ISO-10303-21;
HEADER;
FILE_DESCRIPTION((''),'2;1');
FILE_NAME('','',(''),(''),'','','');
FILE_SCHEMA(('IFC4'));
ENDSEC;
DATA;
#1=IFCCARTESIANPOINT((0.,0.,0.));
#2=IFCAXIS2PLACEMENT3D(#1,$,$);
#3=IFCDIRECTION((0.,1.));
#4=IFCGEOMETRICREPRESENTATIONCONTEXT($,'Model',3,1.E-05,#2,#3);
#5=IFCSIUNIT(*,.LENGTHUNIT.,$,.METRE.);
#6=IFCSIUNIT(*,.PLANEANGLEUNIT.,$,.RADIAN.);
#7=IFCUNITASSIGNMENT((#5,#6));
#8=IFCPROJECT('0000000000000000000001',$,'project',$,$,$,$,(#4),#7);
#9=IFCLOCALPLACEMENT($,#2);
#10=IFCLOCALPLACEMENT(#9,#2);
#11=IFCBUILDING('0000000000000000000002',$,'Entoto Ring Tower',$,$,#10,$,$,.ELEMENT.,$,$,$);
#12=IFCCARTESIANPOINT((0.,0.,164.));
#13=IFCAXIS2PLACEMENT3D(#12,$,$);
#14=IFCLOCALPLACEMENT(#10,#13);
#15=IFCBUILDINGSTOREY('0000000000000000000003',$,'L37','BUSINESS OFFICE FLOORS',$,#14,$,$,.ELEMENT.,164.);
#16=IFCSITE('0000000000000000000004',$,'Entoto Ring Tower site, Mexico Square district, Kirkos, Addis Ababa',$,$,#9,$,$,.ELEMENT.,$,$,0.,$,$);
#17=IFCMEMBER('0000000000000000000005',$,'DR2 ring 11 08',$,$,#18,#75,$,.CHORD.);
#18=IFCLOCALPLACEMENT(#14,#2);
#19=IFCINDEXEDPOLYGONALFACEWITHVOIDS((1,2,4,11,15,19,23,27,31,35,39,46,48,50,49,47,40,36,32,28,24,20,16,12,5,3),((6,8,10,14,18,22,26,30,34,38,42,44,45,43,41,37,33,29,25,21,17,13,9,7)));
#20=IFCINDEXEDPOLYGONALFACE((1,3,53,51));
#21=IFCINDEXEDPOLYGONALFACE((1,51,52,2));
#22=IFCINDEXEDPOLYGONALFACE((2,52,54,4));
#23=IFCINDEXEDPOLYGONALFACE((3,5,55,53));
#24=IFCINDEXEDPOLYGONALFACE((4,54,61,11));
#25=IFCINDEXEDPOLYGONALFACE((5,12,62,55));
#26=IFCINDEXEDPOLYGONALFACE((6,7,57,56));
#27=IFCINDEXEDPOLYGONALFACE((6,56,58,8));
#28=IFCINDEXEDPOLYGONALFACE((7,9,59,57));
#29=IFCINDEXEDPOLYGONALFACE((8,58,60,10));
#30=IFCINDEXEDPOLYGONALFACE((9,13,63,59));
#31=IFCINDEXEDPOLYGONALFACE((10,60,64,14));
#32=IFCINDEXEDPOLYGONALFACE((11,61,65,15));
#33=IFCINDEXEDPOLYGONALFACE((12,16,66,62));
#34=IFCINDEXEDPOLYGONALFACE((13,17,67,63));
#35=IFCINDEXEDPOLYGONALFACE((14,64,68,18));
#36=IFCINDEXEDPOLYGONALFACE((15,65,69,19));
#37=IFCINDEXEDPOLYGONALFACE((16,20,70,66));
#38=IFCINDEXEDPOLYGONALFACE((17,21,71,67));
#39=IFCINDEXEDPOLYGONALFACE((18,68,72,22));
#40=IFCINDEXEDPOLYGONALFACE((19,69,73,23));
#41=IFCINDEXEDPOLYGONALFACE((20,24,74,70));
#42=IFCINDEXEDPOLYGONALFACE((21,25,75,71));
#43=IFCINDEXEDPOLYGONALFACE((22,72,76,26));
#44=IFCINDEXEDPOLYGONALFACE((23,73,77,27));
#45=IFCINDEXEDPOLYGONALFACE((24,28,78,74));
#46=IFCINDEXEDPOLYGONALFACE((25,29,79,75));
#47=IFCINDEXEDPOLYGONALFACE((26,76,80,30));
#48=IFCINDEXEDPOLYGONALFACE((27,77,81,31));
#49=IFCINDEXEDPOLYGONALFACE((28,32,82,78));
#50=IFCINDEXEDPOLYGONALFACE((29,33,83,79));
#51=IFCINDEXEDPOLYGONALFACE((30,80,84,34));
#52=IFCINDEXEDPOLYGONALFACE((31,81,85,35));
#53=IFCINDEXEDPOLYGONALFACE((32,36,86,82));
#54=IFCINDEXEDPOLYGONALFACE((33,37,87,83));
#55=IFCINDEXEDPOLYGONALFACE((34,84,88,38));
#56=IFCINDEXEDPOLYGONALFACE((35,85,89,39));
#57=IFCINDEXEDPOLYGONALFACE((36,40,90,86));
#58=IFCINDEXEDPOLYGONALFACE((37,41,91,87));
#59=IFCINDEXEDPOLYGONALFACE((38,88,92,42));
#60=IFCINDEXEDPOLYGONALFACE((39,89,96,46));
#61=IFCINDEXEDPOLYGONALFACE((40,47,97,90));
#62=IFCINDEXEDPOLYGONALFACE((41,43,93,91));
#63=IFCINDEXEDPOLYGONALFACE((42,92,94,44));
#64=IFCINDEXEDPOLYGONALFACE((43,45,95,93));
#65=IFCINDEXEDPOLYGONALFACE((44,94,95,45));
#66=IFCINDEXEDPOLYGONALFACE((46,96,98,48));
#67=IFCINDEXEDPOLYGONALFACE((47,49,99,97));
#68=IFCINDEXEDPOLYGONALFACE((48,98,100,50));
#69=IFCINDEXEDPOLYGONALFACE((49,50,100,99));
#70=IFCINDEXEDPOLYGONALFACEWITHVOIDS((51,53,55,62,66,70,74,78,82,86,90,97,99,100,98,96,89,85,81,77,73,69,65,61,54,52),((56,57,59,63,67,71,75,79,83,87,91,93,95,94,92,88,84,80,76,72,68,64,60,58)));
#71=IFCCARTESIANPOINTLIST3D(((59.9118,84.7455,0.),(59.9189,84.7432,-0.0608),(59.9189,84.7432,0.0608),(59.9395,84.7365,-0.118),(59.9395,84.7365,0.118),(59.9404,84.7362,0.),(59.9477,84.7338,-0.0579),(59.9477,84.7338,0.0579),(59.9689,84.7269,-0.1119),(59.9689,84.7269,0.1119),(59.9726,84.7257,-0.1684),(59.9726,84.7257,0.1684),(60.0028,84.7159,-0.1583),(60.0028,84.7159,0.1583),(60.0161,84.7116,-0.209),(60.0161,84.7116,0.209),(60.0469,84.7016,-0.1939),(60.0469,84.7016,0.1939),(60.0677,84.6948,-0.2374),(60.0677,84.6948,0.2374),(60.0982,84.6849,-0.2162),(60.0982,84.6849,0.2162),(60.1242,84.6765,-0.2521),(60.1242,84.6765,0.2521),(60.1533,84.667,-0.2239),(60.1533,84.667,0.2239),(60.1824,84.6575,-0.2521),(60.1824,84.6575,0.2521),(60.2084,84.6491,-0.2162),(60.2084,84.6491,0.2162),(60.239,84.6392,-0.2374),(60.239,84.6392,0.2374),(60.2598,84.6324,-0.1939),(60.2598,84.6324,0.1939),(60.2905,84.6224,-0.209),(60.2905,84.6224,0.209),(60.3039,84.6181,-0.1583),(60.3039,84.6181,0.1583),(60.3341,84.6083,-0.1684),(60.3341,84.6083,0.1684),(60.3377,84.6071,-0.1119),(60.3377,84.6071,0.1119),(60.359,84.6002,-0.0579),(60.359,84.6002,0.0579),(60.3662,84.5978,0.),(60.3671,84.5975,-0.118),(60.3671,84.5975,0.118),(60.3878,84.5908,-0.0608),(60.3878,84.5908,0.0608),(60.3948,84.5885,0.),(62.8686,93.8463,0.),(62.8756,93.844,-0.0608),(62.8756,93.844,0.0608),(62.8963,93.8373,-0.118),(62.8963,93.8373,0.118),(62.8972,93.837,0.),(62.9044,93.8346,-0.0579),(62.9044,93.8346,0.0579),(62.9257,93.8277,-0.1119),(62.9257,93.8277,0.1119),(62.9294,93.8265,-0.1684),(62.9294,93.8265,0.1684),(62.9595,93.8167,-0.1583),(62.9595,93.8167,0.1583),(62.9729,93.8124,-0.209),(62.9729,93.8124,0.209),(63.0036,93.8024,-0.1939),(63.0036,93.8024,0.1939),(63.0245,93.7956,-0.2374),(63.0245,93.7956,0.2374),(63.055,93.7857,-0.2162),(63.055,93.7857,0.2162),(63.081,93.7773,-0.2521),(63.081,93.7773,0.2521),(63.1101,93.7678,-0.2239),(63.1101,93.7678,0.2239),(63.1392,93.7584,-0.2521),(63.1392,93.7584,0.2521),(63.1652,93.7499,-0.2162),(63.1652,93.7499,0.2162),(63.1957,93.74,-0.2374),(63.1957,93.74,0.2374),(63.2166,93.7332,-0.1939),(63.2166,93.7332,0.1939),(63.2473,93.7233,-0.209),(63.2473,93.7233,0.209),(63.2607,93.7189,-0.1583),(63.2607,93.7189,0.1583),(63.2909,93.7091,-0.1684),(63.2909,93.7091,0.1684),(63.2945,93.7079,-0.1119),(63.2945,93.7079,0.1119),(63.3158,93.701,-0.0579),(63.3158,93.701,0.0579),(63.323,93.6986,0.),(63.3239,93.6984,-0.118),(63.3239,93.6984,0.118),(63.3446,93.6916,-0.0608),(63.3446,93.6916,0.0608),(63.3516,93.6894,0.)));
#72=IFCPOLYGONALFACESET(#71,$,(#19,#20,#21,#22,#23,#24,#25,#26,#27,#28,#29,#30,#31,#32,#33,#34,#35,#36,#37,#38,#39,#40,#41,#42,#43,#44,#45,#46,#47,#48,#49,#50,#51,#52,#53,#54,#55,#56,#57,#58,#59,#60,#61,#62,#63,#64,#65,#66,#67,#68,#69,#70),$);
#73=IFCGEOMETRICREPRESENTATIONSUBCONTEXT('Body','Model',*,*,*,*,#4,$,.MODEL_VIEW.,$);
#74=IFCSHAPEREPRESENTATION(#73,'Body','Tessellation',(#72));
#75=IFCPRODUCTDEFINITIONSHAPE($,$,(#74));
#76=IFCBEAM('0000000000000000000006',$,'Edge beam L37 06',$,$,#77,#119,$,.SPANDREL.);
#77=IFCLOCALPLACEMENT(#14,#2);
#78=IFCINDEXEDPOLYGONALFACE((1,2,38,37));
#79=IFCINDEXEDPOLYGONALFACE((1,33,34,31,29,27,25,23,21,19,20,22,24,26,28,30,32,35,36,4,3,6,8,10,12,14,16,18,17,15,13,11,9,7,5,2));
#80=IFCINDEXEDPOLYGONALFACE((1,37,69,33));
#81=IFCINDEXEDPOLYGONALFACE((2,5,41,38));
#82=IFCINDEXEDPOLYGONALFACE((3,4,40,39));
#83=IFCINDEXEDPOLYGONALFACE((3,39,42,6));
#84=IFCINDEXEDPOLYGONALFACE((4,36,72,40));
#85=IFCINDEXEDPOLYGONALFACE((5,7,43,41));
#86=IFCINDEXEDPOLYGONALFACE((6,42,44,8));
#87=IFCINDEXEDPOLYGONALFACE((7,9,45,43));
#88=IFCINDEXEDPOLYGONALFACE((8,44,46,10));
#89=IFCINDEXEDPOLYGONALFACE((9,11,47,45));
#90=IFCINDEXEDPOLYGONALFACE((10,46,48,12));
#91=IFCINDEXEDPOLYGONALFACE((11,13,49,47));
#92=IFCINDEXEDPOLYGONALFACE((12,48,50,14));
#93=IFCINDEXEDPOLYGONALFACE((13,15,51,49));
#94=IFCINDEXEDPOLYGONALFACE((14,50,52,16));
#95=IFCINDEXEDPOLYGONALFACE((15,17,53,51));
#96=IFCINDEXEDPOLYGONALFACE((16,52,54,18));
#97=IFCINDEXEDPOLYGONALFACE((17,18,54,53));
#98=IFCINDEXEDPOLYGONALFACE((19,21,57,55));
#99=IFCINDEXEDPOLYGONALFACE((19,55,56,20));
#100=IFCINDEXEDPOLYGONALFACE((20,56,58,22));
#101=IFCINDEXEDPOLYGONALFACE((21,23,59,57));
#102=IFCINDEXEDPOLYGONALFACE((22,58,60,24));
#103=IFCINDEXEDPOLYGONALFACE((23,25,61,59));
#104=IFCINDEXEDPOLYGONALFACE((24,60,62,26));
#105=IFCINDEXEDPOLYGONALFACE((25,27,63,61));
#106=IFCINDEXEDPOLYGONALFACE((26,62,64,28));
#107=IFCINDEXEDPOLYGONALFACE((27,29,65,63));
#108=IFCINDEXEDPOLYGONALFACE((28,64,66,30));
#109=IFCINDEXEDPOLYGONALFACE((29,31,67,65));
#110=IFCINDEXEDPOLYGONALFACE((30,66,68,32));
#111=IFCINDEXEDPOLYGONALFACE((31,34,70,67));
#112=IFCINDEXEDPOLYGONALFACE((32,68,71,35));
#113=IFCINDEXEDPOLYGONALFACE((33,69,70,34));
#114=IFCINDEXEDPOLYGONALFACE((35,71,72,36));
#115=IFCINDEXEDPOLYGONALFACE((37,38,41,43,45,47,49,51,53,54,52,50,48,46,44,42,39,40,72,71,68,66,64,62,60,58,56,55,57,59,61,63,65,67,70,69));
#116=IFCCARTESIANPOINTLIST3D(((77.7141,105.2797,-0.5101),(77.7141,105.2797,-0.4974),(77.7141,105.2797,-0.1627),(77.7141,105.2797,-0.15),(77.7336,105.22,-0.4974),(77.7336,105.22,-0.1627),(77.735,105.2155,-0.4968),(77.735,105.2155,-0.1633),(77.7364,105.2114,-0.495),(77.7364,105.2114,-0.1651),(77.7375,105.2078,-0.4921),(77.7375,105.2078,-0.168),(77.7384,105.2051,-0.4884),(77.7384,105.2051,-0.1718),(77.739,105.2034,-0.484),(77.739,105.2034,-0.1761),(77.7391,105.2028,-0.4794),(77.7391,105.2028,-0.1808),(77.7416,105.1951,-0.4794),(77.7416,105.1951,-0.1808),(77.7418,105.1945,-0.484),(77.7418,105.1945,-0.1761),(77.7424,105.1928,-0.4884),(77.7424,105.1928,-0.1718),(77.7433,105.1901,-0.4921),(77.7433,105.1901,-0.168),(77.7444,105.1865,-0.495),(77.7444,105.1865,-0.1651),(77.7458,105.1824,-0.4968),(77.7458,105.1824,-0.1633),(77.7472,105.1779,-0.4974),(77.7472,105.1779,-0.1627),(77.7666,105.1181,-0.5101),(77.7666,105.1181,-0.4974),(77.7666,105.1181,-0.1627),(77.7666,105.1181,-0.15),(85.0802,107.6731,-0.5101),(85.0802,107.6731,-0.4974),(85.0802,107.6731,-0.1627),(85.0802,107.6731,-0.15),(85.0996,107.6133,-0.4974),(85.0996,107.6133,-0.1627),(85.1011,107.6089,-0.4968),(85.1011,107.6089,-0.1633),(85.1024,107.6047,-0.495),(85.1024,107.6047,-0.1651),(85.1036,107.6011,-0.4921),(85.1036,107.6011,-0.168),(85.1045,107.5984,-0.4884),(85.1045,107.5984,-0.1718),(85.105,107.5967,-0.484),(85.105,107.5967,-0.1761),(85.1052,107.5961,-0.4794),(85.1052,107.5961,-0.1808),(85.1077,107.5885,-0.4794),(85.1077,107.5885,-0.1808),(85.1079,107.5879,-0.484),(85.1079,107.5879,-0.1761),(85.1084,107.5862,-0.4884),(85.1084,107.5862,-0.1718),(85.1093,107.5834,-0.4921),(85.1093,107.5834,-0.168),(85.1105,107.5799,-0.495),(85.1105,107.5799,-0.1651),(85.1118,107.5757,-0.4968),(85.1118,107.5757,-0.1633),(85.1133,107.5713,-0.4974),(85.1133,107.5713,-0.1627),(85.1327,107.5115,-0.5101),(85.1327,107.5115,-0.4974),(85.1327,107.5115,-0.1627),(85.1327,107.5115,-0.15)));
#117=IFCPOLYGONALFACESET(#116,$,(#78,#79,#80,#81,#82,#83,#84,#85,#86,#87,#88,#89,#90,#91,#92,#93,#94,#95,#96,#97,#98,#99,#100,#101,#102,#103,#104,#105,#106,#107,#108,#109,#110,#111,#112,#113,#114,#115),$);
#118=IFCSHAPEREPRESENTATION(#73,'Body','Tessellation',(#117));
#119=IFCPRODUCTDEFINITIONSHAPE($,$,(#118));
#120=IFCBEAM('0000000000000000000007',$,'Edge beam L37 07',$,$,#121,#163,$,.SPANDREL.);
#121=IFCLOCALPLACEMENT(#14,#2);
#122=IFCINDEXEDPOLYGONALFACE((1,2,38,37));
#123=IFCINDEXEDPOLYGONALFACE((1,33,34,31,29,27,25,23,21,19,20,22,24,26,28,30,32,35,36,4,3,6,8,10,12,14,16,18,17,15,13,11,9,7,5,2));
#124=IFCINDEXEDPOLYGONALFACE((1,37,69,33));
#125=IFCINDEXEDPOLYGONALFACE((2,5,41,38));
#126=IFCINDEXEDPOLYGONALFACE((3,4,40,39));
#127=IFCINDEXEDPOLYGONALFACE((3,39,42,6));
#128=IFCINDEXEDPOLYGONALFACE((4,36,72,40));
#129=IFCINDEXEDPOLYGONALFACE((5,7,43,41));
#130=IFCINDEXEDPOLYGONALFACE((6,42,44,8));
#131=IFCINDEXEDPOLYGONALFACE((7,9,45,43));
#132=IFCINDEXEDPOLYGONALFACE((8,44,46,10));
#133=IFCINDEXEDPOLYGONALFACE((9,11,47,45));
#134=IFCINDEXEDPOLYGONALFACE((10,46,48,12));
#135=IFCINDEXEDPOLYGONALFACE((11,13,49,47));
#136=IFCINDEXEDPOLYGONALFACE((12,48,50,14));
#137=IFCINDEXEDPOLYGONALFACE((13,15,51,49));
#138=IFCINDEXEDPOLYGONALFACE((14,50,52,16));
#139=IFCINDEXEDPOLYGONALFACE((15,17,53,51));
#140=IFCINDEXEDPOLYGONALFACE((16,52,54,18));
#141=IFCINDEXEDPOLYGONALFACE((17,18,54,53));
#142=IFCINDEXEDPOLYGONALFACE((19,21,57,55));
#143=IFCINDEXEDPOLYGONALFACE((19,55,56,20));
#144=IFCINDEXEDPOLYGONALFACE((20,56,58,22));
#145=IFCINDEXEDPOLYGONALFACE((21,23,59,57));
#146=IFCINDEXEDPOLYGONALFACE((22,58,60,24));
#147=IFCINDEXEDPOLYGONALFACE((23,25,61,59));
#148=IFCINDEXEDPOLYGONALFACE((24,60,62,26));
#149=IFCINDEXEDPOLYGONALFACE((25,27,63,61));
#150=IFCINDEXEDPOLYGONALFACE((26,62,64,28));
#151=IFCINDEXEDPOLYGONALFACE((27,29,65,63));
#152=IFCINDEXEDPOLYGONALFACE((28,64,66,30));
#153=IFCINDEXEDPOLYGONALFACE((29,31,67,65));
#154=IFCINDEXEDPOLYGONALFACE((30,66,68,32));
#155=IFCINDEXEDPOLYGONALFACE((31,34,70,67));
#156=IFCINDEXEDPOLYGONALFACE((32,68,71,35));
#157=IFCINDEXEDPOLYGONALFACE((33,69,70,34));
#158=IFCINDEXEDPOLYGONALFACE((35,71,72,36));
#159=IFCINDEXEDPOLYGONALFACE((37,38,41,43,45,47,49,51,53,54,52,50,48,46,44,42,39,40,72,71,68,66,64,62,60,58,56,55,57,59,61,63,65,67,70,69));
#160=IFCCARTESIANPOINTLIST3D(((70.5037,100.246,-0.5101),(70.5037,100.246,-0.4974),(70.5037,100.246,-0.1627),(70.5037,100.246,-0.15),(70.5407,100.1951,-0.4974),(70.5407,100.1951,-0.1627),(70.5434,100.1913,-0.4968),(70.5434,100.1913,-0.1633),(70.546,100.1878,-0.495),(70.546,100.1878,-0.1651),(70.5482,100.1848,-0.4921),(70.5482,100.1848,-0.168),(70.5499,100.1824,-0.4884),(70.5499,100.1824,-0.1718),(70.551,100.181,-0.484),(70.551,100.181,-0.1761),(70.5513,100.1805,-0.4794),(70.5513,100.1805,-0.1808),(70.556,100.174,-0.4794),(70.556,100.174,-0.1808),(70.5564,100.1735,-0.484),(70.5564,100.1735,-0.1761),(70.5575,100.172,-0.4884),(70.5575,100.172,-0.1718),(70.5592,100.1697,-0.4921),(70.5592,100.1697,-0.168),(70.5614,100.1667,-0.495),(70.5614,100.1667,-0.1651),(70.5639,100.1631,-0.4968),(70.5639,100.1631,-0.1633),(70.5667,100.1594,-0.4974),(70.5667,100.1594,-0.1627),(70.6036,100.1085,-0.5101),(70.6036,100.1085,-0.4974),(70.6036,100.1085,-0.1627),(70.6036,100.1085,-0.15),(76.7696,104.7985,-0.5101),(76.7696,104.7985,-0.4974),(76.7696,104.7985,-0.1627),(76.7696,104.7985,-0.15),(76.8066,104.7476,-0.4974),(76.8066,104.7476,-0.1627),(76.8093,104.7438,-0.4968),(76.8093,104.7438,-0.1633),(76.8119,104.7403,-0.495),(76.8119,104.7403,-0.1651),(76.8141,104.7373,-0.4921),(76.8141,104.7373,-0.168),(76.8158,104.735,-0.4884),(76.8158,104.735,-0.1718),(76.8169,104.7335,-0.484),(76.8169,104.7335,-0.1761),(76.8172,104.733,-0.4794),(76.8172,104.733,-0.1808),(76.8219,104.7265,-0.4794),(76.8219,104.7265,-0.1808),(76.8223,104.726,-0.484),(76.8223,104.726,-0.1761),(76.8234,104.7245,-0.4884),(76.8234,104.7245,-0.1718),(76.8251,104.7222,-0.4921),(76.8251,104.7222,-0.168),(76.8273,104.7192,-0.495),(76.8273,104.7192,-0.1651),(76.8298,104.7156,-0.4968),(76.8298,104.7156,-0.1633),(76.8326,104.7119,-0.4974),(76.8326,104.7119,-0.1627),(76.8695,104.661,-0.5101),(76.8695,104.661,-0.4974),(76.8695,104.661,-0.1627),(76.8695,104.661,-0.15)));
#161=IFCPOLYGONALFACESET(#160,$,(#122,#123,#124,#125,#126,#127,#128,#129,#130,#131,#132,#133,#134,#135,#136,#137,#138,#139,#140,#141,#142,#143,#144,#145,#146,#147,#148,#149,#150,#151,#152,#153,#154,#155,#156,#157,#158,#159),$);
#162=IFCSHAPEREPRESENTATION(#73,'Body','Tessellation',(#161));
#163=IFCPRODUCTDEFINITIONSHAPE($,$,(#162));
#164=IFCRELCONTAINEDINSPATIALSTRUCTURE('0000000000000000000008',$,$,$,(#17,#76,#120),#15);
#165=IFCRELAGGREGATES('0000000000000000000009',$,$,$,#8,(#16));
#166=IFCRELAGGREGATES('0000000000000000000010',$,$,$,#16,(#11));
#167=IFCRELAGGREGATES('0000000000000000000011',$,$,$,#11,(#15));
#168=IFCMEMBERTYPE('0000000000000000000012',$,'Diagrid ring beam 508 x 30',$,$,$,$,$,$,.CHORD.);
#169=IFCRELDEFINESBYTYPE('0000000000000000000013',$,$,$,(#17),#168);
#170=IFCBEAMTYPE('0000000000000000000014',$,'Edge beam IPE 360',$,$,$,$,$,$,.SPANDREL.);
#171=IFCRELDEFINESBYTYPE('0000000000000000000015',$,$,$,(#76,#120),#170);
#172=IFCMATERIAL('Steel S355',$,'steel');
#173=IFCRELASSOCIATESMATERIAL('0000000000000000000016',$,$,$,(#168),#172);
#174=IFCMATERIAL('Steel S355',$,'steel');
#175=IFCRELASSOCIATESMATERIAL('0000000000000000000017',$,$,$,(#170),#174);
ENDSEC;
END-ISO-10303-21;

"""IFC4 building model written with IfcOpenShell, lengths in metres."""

from ifc_helpers import new_model, si_unit, direction, frame, origin, origin_2d, place, context, subcontext, project, spatial, circle, hollow_circle, i_section, extrude, material, material_profile, profile_set, type_object, element, save


model = new_model("IFC4")

# Units and contexts
model_context = context("Model", 3, precision=1e-05, world=origin(), true_north=direction((0.0, 1.0)))
body_context = subcontext(model_context, "Body", "Model", "MODEL_VIEW")
ifc_project = project(units=[si_unit("LENGTHUNIT", "METRE"), si_unit("PLANEANGLEUNIT", "RADIAN")], contexts=[model_context])

# Site, building, storey
site_placement = place(None, origin())
site = spatial("IfcSite", under=ifc_project, at=site_placement, Name="Entoto Ring Tower site, Mexico Square district, Kirkos, Addis Ababa", CompositionType="ELEMENT", RefElevation=0.0)
building_placement = place(site_placement, origin())
building = spatial("IfcBuilding", under=site, at=building_placement, Name="Entoto Ring Tower", CompositionType="ELEMENT")
storey_placement = place(building_placement, frame((0.0, 0.0, 164.0)))
storey = spatial("IfcBuildingStorey", under=building, at=storey_placement, Name="L37", Description="BUSINESS OFFICE FLOORS", CompositionType="ELEMENT", Elevation=164.0)

# Member
ifc_material_1 = material(Name="Steel S355", Category="steel")
ifc_material_profile_1 = material_profile(ifc_material_1, hollow_circle(Radius=0.2539, WallThickness=0.03, at=origin_2d()), Name="CHS 508 x 30")
ifc_material_2 = material(Name="Concrete C60/75", Category="concrete")
ifc_material_profile_2 = material_profile(ifc_material_2, circle(Radius=0.2241, at=origin_2d()), Name="Concrete C60/75 infill")
ifc_profile_set_1 = profile_set([ifc_material_profile_1, ifc_material_profile_2], Name="Steel S355")
member_type_1 = type_object("IfcMemberType", Name="Diagrid ring beam 508 x 30", PredefinedType="CHORD", material=ifc_profile_set_1)
for number, where, z_axis, x_axis, name in (
    (1, (63.1101, 93.7678, 0.0), (-0.308993, -0.951064, 0.0), (0.951064, -0.308993, 0.0), "DR2 ring 11 08"),
):
    element("IfcMember", number, at=place(storey_placement, frame(where, z_axis=z_axis, x_axis=x_axis)), inside=storey, type_object=member_type_1, Name=name, PredefinedType="CHORD", context=body_context, shape_type="SweptSolid", body=[
        extrude(hollow_circle(Radius=0.2539, WallThickness=0.03, at=origin_2d()), origin(), (0.0, 0.0, 1.0), 9.5691),
    ])

# Beams
ifc_material_3 = material(Name="Steel S355", Category="steel")
ifc_material_profile_3 = material_profile(ifc_material_3, i_section(OverallWidth=0.1699, OverallDepth=0.3601, WebThickness=0.0081, FlangeThickness=0.0127, FilletRadius=0.0181, at=origin_2d()), Name="IPE 360")
ifc_profile_set_2 = profile_set([ifc_material_profile_3], Name="Steel S355")
beam_type_1 = type_object("IfcBeamType", Name="Edge beam IPE 360", PredefinedType="SPANDREL", material=ifc_profile_set_2)
for number, where, z_axis, x_axis, name in (
    (2, (85.1064, 107.5923, -0.3301), (-0.951058, -0.309013, 0.0), (0.309013, -0.951058, 0.0), "Edge beam L37 06"),
    (3, (76.8196, 104.7297, -0.3301), (-0.809013, -0.587791, 0.0), (0.587791, -0.809013, 0.0), "Edge beam L37 07"),
):
    element("IfcBeam", number, at=place(storey_placement, frame(where, z_axis=z_axis, x_axis=x_axis)), inside=storey, type_object=beam_type_1, Name=name, PredefinedType="SPANDREL", context=body_context, shape_type="SweptSolid", body=[
        extrude(i_section(OverallWidth=0.1699, OverallDepth=0.3601, WebThickness=0.0081, FlangeThickness=0.0127, FilletRadius=0.0181, at=origin_2d()), origin(), (0.0, 0.0, 1.0), 7.7451),
    ])

save(model, "model.ifc")
